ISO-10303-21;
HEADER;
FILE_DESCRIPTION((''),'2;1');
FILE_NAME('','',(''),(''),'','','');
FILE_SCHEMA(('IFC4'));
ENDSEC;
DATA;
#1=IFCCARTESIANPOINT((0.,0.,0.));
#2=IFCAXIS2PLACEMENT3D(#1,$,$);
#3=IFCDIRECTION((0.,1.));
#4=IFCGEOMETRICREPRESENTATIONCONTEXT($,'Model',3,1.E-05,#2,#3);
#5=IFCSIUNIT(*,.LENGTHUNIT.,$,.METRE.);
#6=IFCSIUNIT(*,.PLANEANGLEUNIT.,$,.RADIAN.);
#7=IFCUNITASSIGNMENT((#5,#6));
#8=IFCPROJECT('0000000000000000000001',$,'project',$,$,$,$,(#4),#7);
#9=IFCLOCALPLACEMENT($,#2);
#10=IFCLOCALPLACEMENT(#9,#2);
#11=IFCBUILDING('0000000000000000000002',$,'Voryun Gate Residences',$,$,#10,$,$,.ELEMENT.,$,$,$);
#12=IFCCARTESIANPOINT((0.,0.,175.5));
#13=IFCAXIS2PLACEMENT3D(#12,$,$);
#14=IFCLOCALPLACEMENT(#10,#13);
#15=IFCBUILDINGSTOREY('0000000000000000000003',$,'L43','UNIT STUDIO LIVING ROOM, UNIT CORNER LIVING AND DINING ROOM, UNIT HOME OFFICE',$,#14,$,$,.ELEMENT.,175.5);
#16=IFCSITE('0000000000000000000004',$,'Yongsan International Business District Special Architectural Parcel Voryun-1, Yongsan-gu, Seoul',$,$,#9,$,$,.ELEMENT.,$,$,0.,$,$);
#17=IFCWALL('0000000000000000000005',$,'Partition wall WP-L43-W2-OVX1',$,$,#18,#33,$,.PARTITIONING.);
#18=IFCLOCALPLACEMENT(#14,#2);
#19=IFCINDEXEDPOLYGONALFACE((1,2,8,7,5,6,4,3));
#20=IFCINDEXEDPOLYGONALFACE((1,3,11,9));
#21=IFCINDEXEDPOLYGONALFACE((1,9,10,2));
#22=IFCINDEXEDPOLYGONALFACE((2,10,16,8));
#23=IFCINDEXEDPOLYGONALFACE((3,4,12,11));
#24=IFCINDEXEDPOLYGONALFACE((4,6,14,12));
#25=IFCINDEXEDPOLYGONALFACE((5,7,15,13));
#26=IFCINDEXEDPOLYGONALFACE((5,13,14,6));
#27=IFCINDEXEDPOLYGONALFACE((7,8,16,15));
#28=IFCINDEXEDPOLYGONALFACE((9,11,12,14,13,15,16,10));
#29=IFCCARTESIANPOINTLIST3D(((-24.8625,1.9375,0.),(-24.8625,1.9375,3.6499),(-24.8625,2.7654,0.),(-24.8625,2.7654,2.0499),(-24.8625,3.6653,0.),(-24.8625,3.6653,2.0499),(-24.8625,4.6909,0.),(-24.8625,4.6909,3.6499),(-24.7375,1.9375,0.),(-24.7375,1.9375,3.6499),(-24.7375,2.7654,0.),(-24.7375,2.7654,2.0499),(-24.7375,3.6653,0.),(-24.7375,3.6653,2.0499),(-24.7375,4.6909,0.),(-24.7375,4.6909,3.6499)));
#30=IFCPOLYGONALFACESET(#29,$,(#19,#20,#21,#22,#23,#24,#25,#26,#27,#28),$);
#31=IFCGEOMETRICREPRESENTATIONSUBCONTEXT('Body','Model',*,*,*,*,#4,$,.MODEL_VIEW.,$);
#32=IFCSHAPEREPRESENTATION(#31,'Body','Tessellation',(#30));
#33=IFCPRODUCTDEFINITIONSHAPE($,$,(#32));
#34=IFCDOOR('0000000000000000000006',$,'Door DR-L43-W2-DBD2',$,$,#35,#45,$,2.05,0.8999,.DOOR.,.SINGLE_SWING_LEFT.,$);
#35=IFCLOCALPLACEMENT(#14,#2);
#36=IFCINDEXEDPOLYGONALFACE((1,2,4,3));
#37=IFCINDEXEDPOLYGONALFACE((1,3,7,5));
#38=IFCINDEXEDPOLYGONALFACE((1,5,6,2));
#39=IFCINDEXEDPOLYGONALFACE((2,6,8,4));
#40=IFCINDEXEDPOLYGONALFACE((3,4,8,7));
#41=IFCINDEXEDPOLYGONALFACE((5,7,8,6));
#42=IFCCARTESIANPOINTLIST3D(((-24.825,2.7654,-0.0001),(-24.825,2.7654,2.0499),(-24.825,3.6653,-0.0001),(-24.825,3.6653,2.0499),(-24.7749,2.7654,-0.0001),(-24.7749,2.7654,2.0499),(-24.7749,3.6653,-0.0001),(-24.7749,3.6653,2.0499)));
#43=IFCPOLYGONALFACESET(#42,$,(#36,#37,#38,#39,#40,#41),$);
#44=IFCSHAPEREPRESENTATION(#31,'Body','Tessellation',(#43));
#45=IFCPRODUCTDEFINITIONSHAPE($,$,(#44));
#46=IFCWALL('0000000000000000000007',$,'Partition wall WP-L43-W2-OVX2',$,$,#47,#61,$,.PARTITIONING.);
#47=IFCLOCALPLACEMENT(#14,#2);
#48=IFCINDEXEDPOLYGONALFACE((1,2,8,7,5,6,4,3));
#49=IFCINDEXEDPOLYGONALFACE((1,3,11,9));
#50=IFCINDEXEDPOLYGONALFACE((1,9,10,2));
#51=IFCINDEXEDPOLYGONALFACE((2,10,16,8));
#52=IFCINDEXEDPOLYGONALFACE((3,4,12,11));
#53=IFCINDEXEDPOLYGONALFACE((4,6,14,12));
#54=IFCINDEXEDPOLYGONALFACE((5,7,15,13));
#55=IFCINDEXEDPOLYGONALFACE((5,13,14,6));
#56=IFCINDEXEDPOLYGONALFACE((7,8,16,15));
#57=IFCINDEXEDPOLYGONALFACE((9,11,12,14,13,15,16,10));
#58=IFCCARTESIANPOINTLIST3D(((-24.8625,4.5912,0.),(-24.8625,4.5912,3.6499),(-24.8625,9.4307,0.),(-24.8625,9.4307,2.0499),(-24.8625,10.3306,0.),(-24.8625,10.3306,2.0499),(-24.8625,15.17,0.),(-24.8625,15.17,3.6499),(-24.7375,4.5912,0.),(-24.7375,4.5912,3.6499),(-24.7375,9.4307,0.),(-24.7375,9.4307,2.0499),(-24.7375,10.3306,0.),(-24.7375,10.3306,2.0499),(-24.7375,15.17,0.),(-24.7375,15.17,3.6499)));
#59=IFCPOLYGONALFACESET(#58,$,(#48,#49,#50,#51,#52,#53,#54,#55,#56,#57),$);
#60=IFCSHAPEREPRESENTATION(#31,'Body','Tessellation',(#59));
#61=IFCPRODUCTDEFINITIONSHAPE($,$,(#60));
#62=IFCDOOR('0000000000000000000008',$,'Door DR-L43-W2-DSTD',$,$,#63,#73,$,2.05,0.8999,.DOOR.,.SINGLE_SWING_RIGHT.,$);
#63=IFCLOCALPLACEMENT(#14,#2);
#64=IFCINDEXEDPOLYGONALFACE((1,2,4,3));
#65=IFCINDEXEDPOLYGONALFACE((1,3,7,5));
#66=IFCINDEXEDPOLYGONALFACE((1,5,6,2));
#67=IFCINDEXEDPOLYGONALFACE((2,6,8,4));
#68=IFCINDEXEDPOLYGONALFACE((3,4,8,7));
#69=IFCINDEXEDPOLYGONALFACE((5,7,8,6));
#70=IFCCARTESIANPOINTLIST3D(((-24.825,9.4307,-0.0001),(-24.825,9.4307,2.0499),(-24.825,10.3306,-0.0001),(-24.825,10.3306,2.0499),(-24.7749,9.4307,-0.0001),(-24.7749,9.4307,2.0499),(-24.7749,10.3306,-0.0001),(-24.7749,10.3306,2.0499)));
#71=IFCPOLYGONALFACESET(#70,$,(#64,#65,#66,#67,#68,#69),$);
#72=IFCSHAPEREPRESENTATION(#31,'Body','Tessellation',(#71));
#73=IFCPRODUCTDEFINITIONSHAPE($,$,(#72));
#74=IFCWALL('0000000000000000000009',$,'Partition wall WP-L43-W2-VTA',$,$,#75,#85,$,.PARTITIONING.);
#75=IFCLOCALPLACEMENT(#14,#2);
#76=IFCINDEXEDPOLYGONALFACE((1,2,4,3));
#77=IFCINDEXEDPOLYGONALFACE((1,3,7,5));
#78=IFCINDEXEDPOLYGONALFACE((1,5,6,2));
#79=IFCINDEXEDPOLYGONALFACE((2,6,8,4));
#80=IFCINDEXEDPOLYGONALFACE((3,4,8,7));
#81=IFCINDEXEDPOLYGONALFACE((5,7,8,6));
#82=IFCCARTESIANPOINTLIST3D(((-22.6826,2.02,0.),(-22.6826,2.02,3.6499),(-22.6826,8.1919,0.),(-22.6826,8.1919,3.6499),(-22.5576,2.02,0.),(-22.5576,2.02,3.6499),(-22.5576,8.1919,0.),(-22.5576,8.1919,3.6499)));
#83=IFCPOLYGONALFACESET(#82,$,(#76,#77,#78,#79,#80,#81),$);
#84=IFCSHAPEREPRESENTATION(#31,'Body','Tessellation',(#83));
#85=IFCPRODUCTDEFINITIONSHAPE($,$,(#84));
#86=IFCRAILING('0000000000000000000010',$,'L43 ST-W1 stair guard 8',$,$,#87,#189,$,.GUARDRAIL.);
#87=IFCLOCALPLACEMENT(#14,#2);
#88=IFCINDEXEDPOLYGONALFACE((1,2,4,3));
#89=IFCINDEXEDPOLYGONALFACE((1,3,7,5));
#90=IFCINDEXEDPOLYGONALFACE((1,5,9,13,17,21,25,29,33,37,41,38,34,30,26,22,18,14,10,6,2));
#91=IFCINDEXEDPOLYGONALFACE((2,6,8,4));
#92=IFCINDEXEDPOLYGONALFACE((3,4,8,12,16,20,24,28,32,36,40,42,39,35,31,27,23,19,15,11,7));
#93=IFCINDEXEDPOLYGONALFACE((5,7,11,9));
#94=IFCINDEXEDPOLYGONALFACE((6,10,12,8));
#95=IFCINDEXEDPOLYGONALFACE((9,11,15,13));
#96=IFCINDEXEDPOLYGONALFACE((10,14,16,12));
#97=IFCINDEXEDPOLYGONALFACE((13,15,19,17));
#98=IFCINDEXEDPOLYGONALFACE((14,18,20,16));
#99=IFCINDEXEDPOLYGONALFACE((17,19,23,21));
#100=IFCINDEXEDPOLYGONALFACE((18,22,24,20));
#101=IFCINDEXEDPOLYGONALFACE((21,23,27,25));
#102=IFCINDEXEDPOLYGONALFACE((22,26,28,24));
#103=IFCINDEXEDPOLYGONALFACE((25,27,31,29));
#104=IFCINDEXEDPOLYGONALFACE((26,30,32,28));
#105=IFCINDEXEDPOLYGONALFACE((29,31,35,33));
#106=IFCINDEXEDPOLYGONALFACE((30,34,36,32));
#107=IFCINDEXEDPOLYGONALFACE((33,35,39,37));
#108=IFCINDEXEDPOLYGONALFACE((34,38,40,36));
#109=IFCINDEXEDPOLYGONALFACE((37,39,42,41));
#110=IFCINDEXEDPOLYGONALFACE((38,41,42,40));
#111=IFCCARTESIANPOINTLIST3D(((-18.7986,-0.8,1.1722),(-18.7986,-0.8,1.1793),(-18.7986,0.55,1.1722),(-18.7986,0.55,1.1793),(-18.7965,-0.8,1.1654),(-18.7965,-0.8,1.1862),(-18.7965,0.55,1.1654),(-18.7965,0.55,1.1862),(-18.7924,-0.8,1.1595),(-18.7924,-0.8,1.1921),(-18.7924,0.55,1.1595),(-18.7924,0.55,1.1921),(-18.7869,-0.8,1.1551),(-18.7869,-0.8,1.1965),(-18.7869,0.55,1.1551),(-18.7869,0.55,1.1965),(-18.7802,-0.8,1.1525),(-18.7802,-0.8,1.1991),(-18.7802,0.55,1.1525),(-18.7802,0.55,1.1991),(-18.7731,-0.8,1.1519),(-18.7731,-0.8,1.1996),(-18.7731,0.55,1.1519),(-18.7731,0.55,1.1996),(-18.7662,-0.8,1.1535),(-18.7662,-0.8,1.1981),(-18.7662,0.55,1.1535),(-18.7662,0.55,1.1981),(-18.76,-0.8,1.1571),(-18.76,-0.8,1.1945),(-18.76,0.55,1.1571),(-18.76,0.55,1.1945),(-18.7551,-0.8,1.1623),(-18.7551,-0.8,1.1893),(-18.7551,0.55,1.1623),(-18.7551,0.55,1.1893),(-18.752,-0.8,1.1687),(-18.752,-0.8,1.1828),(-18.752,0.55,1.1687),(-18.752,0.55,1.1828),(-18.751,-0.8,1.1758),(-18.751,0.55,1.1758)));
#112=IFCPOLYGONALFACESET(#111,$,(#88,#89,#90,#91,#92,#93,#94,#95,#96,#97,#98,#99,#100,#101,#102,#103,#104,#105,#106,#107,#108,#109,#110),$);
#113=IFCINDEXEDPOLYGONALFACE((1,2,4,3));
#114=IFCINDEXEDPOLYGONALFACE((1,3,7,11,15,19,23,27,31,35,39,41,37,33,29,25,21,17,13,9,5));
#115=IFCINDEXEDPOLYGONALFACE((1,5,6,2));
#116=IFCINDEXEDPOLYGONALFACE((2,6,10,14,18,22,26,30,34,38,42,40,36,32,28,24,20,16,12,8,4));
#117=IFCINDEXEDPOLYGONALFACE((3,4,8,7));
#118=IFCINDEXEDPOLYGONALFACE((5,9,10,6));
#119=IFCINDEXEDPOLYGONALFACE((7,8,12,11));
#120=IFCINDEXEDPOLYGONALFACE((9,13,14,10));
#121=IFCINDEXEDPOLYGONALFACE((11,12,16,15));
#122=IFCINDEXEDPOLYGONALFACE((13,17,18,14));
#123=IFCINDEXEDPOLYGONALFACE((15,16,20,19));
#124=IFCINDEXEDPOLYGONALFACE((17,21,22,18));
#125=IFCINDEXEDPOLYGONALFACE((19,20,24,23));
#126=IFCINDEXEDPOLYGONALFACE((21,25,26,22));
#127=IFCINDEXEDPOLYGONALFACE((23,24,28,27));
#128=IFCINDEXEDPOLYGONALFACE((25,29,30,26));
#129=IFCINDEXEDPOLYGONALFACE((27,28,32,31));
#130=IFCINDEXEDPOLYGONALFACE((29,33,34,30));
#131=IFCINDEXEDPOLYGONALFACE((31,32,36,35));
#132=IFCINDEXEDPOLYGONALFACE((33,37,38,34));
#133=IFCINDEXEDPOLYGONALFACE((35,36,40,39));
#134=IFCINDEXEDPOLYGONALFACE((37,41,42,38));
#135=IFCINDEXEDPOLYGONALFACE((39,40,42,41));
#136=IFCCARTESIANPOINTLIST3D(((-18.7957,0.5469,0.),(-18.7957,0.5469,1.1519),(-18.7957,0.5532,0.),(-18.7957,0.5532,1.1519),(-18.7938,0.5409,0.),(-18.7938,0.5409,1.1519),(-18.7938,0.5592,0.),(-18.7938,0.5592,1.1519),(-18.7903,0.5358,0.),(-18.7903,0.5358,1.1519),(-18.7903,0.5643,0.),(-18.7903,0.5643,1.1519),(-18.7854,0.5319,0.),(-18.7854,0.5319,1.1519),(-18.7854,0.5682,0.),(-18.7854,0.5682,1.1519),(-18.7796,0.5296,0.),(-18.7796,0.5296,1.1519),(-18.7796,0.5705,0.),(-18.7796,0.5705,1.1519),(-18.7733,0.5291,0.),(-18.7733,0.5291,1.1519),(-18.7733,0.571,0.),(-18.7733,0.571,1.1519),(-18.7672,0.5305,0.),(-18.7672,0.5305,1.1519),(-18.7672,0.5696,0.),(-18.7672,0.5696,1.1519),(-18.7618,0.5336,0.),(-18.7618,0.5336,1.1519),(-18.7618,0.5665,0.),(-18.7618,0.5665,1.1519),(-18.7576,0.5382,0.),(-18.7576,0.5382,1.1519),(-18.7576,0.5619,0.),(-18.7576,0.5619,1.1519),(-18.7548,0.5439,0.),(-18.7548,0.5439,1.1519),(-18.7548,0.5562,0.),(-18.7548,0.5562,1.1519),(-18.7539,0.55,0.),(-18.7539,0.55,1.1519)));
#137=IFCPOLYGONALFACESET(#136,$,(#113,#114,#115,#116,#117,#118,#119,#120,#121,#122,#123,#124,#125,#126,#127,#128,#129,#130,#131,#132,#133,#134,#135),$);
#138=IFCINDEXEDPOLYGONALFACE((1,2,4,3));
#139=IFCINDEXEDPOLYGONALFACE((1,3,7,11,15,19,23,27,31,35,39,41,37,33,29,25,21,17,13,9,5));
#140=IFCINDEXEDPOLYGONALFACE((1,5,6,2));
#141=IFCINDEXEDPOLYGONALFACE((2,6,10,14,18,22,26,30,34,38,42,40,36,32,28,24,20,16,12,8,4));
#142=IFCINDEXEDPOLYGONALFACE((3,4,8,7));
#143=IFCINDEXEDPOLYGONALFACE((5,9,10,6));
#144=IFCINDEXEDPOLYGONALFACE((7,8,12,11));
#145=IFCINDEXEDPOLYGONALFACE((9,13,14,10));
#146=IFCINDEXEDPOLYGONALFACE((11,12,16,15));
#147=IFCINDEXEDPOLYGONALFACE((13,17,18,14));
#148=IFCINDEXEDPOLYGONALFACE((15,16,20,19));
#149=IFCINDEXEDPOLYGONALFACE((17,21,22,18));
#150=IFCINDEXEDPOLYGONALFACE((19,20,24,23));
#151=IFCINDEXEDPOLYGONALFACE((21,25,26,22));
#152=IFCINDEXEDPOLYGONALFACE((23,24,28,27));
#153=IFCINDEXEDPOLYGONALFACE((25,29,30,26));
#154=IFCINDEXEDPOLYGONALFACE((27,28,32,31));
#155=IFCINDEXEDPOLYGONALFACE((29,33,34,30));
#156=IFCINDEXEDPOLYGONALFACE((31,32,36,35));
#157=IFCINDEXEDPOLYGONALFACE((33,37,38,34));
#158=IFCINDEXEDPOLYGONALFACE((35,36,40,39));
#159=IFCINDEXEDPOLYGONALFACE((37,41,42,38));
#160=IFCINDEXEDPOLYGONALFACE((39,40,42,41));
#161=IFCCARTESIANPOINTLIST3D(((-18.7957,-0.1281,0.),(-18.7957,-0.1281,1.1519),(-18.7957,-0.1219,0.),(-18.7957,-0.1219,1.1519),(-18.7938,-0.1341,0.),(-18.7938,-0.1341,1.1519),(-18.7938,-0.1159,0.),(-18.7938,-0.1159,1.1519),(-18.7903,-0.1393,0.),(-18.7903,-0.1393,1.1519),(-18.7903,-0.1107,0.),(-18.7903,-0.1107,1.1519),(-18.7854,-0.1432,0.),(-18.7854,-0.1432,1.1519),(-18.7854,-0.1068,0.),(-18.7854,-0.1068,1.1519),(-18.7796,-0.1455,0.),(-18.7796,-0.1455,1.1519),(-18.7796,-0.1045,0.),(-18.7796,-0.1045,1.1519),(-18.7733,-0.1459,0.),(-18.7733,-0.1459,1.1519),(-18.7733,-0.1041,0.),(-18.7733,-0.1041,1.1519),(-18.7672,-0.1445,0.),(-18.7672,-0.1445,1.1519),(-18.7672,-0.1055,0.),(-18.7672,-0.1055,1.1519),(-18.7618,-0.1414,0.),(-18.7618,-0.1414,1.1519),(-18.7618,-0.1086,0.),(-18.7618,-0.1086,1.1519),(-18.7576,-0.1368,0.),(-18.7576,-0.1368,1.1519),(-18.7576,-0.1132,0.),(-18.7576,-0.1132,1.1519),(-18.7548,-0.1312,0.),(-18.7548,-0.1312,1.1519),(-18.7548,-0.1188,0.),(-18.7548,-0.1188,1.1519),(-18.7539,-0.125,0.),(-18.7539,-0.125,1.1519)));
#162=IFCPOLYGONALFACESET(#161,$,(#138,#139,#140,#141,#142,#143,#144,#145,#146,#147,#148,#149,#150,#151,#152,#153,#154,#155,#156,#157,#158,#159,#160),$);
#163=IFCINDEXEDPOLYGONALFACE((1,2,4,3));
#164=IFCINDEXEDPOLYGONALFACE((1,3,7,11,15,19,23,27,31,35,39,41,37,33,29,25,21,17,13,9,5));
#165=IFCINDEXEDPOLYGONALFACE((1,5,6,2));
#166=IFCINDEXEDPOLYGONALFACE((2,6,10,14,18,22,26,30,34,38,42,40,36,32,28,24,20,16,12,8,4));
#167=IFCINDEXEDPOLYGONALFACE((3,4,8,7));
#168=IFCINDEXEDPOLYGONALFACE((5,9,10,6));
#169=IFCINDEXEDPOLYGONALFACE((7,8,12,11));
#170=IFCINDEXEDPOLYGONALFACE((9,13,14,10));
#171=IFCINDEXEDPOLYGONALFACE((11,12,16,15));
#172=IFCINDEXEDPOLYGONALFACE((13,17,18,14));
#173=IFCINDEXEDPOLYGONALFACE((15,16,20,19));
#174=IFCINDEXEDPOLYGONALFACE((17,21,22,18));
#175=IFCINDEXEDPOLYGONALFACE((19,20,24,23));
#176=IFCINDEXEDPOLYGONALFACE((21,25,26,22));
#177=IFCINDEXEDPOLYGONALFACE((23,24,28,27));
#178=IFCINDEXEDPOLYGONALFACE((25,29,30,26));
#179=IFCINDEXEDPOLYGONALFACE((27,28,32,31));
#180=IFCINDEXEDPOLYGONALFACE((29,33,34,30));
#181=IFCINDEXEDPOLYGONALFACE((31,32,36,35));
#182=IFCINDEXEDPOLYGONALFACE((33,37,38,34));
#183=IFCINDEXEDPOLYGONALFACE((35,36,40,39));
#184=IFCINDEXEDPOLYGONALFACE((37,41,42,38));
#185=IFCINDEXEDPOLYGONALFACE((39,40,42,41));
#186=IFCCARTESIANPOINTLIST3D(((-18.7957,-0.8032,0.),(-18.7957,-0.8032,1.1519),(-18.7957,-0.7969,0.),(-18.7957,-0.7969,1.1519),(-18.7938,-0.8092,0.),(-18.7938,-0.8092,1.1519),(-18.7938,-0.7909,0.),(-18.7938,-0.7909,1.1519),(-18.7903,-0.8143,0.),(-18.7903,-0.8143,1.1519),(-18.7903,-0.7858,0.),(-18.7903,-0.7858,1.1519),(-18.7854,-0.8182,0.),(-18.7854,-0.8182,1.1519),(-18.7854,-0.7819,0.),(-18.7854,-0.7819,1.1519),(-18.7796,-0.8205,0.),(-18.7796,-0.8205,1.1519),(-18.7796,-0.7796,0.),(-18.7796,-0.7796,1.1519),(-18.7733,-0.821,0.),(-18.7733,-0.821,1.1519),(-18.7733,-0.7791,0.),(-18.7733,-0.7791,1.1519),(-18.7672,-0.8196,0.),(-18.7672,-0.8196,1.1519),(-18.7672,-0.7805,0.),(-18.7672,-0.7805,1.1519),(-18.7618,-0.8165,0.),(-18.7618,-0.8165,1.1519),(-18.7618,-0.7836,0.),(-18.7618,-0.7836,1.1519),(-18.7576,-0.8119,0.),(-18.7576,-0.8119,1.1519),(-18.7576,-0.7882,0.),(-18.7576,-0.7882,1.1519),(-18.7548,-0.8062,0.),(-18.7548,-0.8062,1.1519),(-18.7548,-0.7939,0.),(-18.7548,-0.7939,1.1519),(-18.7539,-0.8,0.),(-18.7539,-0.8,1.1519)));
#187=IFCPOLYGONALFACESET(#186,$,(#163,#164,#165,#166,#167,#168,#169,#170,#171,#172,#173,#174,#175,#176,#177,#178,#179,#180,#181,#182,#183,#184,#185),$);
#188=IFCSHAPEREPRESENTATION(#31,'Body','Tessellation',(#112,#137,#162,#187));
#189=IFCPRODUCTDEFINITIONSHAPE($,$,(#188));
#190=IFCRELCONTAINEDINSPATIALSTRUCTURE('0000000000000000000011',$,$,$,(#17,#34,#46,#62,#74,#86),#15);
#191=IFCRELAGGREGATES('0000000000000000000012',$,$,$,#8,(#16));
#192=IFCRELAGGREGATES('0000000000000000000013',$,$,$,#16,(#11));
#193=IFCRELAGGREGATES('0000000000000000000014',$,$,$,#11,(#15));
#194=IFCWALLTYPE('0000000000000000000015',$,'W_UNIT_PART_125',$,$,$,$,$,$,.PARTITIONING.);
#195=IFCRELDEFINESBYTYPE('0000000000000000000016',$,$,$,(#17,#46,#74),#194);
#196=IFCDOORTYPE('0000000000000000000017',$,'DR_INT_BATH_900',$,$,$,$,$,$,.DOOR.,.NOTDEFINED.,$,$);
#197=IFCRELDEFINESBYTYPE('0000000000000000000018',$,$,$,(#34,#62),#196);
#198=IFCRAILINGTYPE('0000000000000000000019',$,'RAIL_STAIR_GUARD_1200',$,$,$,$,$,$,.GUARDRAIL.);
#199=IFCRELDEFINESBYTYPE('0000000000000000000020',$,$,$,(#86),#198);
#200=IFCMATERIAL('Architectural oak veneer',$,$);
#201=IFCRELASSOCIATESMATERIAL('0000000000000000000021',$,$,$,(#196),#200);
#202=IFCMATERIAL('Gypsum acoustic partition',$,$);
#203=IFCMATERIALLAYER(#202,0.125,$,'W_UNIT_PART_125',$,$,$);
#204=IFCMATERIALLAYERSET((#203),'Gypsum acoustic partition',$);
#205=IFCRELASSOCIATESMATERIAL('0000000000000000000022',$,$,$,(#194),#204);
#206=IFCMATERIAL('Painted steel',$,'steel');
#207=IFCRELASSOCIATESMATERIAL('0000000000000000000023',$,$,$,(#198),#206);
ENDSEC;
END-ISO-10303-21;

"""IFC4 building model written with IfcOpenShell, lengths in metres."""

from ifc_helpers import new_model, si_unit, direction, frame, frame_2d, origin, origin_2d, place, context, subcontext, project, spatial, rectangle, circle, extrude, material, layer, layer_set, type_object, element, fill, save


model = new_model("IFC4")

# Units and contexts
model_context = context("Model", 3, precision=1e-05, world=origin(), true_north=direction((0.0, 1.0)))
body_context = subcontext(model_context, "Body", "Model", "MODEL_VIEW")
ifc_project = project(units=[si_unit("LENGTHUNIT", "METRE"), si_unit("PLANEANGLEUNIT", "RADIAN")], contexts=[model_context])

# Site, building, storey
site_placement = place(None, origin())
site = spatial("IfcSite", under=ifc_project, at=site_placement, Name="Yongsan International Business District Special Architectural Parcel Voryun-1, Yongsan-gu, Seoul", CompositionType="ELEMENT", RefElevation=0.0)
building_placement = place(site_placement, origin())
building = spatial("IfcBuilding", under=site, at=building_placement, Name="Voryun Gate Residences", CompositionType="ELEMENT")
storey_placement = place(building_placement, frame((0.0, 0.0, 175.5)))
storey = spatial("IfcBuildingStorey", under=building, at=storey_placement, Name="L43", Description="UNIT STUDIO LIVING ROOM, UNIT CORNER LIVING AND DINING ROOM, UNIT HOME OFFICE", CompositionType="ELEMENT", Elevation=175.5)

# Shared definitions
ifc_material_1 = material(Name="Architectural oak veneer")
door_type_1 = type_object("IfcDoorType", Name="DR_INT_BATH_900", OperationType="NOTDEFINED", PredefinedType="DOOR", material=ifc_material_1)

# Shared definitions
ifc_material_2 = material(Name="Gypsum acoustic partition")
ifc_layer_1 = layer(ifc_material_2, 0.125, Name="W_UNIT_PART_125")
ifc_layer_set_1 = layer_set([ifc_layer_1], Name="Gypsum acoustic partition")
wall_type_1 = type_object("IfcWallType", Name="W_UNIT_PART_125", PredefinedType="PARTITIONING", material=ifc_layer_set_1)

# Walls, openings, doors
wall_1_placement = place(storey_placement, frame((-24.8, 1.9375, 0.0), z_axis=(0.0, 0.0, 1.0), x_axis=(0.0, 1.0, 0.0)))
wall_1 = element("IfcWall", 1, at=wall_1_placement, inside=storey, type_object=wall_type_1, Name="Partition wall WP-L43-W2-OVX1", PredefinedType="PARTITIONING", context=body_context, shape_type="SweptSolid", body=[
    extrude(rectangle(XDim=2.7534, YDim=0.125, at=frame_2d((1.3767, 0.0))), origin(), (0.0, 0.0, 1.0), 3.6499),
])
opening_1_placement = place(wall_1_placement, frame((0.8279, 0.0, 0.0)))
opening_1 = element("IfcOpeningElement", 2, at=opening_1_placement, cuts=wall_1, PredefinedType="OPENING", context=body_context, shape_type="SweptSolid", body=[
    extrude(rectangle(XDim=0.8999, YDim=2.05, at=frame_2d((0.45, 1.0249))), frame((0.0, 0.0725, 0.0), z_axis=(0.0, -1.0, 0.0), x_axis=(1.0, 0.0, 0.0)), (0.0, 0.0, 1.0), 0.145),
])
door_1_placement = place(opening_1_placement, origin())
door_1 = element("IfcDoor", 3, at=door_1_placement, inside=storey, type_object=door_type_1, Name="Door DR-L43-W2-DBD2", OperationType="SINGLE_SWING_LEFT", OverallHeight=2.05, OverallWidth=0.8999, PredefinedType="DOOR", context=body_context, shape_type="SweptSolid", body=[
    extrude(rectangle(XDim=0.8999, YDim=2.05, at=frame_2d((0.45, 1.0249))), frame((0.0, 0.0249, 0.0), z_axis=(0.0, -1.0, 0.0), x_axis=(1.0, 0.0, 0.0)), (0.0, 0.0, 1.0), 0.05),
])
fill(opening_1, door_1)
wall_2_placement = place(storey_placement, frame((-24.8, 4.5911, 0.0), z_axis=(0.0, 0.0, 1.0), x_axis=(0.0, 1.0, 0.0)))
wall_2 = element("IfcWall", 4, at=wall_2_placement, inside=storey, type_object=wall_type_1, Name="Partition wall WP-L43-W2-OVX2", PredefinedType="PARTITIONING", context=body_context, shape_type="SweptSolid", body=[
    extrude(rectangle(XDim=10.5789, YDim=0.125, at=frame_2d((5.2896, 0.0))), origin(), (0.0, 0.0, 1.0), 3.6499),
])
opening_2_placement = place(wall_2_placement, frame((4.8396, 0.0, 0.0)))
opening_2 = element("IfcOpeningElement", 5, at=opening_2_placement, cuts=wall_2, PredefinedType="OPENING", context=body_context, shape_type="SweptSolid", body=[
    extrude(rectangle(XDim=0.8999, YDim=2.05, at=frame_2d((0.45, 1.0249))), frame((0.0, 0.0725, 0.0), z_axis=(0.0, -1.0, 0.0), x_axis=(1.0, 0.0, 0.0)), (0.0, 0.0, 1.0), 0.145),
])
door_2_placement = place(opening_2_placement, origin())
door_2 = element("IfcDoor", 6, at=door_2_placement, inside=storey, type_object=door_type_1, Name="Door DR-L43-W2-DSTD", OperationType="SINGLE_SWING_RIGHT", OverallHeight=2.05, OverallWidth=0.8999, PredefinedType="DOOR", context=body_context, shape_type="SweptSolid", body=[
    extrude(rectangle(XDim=0.8999, YDim=2.05, at=frame_2d((0.45, 1.0249))), frame((0.0, 0.0249, 0.0), z_axis=(0.0, -1.0, 0.0), x_axis=(1.0, 0.0, 0.0)), (0.0, 0.0, 1.0), 0.05),
])
fill(opening_2, door_2)

# Wall
wall_3_placement = place(storey_placement, frame((-22.6201, 2.02, 0.0), z_axis=(0.0, 0.0, 1.0), x_axis=(0.0, 1.0, 0.0)))
element("IfcWall", 7, at=wall_3_placement, inside=storey, type_object=wall_type_1, Name="Partition wall WP-L43-W2-VTA", PredefinedType="PARTITIONING", context=body_context, shape_type="SweptSolid", body=[
    extrude(rectangle(XDim=6.1719, YDim=0.125, at=frame_2d((3.0859, 0.0))), origin(), (0.0, 0.0, 1.0), 3.6499),
])

# Railing
ifc_material_3 = material(Name="Painted steel", Category="steel")
railing_type = type_object("IfcRailingType", Name="RAIL_STAIR_GUARD_1200", PredefinedType="GUARDRAIL", material=ifc_material_3)
railing_1_placement = place(storey_placement, frame((-18.7749, 0.55, 0.0)))
element("IfcRailing", 8, at=railing_1_placement, inside=storey, type_object=railing_type, Name="L43 ST-W1 stair guard 8", PredefinedType="GUARDRAIL", context=body_context, shape_type="SweptSolid", body=[
    extrude(circle(Radius=0.0239, at=origin_2d()), frame((0.0, 0.0, 1.1758), z_axis=(0.0, -1.0, 0.0), x_axis=(1.0, 0.0, 0.0)), (0.0, 0.0, 1.0), 1.3501),
    extrude(circle(Radius=0.021, at=origin_2d()), origin(), (0.0, 0.0, 1.0), 1.1519),
    extrude(circle(Radius=0.021, at=origin_2d()), frame((0.0, -0.675, 0.0)), (0.0, 0.0, 1.0), 1.1519),
    extrude(circle(Radius=0.021, at=origin_2d()), frame((0.0, -1.3501, 0.0)), (0.0, 0.0, 1.0), 1.1519),
])

save(model, "model.ifc")
